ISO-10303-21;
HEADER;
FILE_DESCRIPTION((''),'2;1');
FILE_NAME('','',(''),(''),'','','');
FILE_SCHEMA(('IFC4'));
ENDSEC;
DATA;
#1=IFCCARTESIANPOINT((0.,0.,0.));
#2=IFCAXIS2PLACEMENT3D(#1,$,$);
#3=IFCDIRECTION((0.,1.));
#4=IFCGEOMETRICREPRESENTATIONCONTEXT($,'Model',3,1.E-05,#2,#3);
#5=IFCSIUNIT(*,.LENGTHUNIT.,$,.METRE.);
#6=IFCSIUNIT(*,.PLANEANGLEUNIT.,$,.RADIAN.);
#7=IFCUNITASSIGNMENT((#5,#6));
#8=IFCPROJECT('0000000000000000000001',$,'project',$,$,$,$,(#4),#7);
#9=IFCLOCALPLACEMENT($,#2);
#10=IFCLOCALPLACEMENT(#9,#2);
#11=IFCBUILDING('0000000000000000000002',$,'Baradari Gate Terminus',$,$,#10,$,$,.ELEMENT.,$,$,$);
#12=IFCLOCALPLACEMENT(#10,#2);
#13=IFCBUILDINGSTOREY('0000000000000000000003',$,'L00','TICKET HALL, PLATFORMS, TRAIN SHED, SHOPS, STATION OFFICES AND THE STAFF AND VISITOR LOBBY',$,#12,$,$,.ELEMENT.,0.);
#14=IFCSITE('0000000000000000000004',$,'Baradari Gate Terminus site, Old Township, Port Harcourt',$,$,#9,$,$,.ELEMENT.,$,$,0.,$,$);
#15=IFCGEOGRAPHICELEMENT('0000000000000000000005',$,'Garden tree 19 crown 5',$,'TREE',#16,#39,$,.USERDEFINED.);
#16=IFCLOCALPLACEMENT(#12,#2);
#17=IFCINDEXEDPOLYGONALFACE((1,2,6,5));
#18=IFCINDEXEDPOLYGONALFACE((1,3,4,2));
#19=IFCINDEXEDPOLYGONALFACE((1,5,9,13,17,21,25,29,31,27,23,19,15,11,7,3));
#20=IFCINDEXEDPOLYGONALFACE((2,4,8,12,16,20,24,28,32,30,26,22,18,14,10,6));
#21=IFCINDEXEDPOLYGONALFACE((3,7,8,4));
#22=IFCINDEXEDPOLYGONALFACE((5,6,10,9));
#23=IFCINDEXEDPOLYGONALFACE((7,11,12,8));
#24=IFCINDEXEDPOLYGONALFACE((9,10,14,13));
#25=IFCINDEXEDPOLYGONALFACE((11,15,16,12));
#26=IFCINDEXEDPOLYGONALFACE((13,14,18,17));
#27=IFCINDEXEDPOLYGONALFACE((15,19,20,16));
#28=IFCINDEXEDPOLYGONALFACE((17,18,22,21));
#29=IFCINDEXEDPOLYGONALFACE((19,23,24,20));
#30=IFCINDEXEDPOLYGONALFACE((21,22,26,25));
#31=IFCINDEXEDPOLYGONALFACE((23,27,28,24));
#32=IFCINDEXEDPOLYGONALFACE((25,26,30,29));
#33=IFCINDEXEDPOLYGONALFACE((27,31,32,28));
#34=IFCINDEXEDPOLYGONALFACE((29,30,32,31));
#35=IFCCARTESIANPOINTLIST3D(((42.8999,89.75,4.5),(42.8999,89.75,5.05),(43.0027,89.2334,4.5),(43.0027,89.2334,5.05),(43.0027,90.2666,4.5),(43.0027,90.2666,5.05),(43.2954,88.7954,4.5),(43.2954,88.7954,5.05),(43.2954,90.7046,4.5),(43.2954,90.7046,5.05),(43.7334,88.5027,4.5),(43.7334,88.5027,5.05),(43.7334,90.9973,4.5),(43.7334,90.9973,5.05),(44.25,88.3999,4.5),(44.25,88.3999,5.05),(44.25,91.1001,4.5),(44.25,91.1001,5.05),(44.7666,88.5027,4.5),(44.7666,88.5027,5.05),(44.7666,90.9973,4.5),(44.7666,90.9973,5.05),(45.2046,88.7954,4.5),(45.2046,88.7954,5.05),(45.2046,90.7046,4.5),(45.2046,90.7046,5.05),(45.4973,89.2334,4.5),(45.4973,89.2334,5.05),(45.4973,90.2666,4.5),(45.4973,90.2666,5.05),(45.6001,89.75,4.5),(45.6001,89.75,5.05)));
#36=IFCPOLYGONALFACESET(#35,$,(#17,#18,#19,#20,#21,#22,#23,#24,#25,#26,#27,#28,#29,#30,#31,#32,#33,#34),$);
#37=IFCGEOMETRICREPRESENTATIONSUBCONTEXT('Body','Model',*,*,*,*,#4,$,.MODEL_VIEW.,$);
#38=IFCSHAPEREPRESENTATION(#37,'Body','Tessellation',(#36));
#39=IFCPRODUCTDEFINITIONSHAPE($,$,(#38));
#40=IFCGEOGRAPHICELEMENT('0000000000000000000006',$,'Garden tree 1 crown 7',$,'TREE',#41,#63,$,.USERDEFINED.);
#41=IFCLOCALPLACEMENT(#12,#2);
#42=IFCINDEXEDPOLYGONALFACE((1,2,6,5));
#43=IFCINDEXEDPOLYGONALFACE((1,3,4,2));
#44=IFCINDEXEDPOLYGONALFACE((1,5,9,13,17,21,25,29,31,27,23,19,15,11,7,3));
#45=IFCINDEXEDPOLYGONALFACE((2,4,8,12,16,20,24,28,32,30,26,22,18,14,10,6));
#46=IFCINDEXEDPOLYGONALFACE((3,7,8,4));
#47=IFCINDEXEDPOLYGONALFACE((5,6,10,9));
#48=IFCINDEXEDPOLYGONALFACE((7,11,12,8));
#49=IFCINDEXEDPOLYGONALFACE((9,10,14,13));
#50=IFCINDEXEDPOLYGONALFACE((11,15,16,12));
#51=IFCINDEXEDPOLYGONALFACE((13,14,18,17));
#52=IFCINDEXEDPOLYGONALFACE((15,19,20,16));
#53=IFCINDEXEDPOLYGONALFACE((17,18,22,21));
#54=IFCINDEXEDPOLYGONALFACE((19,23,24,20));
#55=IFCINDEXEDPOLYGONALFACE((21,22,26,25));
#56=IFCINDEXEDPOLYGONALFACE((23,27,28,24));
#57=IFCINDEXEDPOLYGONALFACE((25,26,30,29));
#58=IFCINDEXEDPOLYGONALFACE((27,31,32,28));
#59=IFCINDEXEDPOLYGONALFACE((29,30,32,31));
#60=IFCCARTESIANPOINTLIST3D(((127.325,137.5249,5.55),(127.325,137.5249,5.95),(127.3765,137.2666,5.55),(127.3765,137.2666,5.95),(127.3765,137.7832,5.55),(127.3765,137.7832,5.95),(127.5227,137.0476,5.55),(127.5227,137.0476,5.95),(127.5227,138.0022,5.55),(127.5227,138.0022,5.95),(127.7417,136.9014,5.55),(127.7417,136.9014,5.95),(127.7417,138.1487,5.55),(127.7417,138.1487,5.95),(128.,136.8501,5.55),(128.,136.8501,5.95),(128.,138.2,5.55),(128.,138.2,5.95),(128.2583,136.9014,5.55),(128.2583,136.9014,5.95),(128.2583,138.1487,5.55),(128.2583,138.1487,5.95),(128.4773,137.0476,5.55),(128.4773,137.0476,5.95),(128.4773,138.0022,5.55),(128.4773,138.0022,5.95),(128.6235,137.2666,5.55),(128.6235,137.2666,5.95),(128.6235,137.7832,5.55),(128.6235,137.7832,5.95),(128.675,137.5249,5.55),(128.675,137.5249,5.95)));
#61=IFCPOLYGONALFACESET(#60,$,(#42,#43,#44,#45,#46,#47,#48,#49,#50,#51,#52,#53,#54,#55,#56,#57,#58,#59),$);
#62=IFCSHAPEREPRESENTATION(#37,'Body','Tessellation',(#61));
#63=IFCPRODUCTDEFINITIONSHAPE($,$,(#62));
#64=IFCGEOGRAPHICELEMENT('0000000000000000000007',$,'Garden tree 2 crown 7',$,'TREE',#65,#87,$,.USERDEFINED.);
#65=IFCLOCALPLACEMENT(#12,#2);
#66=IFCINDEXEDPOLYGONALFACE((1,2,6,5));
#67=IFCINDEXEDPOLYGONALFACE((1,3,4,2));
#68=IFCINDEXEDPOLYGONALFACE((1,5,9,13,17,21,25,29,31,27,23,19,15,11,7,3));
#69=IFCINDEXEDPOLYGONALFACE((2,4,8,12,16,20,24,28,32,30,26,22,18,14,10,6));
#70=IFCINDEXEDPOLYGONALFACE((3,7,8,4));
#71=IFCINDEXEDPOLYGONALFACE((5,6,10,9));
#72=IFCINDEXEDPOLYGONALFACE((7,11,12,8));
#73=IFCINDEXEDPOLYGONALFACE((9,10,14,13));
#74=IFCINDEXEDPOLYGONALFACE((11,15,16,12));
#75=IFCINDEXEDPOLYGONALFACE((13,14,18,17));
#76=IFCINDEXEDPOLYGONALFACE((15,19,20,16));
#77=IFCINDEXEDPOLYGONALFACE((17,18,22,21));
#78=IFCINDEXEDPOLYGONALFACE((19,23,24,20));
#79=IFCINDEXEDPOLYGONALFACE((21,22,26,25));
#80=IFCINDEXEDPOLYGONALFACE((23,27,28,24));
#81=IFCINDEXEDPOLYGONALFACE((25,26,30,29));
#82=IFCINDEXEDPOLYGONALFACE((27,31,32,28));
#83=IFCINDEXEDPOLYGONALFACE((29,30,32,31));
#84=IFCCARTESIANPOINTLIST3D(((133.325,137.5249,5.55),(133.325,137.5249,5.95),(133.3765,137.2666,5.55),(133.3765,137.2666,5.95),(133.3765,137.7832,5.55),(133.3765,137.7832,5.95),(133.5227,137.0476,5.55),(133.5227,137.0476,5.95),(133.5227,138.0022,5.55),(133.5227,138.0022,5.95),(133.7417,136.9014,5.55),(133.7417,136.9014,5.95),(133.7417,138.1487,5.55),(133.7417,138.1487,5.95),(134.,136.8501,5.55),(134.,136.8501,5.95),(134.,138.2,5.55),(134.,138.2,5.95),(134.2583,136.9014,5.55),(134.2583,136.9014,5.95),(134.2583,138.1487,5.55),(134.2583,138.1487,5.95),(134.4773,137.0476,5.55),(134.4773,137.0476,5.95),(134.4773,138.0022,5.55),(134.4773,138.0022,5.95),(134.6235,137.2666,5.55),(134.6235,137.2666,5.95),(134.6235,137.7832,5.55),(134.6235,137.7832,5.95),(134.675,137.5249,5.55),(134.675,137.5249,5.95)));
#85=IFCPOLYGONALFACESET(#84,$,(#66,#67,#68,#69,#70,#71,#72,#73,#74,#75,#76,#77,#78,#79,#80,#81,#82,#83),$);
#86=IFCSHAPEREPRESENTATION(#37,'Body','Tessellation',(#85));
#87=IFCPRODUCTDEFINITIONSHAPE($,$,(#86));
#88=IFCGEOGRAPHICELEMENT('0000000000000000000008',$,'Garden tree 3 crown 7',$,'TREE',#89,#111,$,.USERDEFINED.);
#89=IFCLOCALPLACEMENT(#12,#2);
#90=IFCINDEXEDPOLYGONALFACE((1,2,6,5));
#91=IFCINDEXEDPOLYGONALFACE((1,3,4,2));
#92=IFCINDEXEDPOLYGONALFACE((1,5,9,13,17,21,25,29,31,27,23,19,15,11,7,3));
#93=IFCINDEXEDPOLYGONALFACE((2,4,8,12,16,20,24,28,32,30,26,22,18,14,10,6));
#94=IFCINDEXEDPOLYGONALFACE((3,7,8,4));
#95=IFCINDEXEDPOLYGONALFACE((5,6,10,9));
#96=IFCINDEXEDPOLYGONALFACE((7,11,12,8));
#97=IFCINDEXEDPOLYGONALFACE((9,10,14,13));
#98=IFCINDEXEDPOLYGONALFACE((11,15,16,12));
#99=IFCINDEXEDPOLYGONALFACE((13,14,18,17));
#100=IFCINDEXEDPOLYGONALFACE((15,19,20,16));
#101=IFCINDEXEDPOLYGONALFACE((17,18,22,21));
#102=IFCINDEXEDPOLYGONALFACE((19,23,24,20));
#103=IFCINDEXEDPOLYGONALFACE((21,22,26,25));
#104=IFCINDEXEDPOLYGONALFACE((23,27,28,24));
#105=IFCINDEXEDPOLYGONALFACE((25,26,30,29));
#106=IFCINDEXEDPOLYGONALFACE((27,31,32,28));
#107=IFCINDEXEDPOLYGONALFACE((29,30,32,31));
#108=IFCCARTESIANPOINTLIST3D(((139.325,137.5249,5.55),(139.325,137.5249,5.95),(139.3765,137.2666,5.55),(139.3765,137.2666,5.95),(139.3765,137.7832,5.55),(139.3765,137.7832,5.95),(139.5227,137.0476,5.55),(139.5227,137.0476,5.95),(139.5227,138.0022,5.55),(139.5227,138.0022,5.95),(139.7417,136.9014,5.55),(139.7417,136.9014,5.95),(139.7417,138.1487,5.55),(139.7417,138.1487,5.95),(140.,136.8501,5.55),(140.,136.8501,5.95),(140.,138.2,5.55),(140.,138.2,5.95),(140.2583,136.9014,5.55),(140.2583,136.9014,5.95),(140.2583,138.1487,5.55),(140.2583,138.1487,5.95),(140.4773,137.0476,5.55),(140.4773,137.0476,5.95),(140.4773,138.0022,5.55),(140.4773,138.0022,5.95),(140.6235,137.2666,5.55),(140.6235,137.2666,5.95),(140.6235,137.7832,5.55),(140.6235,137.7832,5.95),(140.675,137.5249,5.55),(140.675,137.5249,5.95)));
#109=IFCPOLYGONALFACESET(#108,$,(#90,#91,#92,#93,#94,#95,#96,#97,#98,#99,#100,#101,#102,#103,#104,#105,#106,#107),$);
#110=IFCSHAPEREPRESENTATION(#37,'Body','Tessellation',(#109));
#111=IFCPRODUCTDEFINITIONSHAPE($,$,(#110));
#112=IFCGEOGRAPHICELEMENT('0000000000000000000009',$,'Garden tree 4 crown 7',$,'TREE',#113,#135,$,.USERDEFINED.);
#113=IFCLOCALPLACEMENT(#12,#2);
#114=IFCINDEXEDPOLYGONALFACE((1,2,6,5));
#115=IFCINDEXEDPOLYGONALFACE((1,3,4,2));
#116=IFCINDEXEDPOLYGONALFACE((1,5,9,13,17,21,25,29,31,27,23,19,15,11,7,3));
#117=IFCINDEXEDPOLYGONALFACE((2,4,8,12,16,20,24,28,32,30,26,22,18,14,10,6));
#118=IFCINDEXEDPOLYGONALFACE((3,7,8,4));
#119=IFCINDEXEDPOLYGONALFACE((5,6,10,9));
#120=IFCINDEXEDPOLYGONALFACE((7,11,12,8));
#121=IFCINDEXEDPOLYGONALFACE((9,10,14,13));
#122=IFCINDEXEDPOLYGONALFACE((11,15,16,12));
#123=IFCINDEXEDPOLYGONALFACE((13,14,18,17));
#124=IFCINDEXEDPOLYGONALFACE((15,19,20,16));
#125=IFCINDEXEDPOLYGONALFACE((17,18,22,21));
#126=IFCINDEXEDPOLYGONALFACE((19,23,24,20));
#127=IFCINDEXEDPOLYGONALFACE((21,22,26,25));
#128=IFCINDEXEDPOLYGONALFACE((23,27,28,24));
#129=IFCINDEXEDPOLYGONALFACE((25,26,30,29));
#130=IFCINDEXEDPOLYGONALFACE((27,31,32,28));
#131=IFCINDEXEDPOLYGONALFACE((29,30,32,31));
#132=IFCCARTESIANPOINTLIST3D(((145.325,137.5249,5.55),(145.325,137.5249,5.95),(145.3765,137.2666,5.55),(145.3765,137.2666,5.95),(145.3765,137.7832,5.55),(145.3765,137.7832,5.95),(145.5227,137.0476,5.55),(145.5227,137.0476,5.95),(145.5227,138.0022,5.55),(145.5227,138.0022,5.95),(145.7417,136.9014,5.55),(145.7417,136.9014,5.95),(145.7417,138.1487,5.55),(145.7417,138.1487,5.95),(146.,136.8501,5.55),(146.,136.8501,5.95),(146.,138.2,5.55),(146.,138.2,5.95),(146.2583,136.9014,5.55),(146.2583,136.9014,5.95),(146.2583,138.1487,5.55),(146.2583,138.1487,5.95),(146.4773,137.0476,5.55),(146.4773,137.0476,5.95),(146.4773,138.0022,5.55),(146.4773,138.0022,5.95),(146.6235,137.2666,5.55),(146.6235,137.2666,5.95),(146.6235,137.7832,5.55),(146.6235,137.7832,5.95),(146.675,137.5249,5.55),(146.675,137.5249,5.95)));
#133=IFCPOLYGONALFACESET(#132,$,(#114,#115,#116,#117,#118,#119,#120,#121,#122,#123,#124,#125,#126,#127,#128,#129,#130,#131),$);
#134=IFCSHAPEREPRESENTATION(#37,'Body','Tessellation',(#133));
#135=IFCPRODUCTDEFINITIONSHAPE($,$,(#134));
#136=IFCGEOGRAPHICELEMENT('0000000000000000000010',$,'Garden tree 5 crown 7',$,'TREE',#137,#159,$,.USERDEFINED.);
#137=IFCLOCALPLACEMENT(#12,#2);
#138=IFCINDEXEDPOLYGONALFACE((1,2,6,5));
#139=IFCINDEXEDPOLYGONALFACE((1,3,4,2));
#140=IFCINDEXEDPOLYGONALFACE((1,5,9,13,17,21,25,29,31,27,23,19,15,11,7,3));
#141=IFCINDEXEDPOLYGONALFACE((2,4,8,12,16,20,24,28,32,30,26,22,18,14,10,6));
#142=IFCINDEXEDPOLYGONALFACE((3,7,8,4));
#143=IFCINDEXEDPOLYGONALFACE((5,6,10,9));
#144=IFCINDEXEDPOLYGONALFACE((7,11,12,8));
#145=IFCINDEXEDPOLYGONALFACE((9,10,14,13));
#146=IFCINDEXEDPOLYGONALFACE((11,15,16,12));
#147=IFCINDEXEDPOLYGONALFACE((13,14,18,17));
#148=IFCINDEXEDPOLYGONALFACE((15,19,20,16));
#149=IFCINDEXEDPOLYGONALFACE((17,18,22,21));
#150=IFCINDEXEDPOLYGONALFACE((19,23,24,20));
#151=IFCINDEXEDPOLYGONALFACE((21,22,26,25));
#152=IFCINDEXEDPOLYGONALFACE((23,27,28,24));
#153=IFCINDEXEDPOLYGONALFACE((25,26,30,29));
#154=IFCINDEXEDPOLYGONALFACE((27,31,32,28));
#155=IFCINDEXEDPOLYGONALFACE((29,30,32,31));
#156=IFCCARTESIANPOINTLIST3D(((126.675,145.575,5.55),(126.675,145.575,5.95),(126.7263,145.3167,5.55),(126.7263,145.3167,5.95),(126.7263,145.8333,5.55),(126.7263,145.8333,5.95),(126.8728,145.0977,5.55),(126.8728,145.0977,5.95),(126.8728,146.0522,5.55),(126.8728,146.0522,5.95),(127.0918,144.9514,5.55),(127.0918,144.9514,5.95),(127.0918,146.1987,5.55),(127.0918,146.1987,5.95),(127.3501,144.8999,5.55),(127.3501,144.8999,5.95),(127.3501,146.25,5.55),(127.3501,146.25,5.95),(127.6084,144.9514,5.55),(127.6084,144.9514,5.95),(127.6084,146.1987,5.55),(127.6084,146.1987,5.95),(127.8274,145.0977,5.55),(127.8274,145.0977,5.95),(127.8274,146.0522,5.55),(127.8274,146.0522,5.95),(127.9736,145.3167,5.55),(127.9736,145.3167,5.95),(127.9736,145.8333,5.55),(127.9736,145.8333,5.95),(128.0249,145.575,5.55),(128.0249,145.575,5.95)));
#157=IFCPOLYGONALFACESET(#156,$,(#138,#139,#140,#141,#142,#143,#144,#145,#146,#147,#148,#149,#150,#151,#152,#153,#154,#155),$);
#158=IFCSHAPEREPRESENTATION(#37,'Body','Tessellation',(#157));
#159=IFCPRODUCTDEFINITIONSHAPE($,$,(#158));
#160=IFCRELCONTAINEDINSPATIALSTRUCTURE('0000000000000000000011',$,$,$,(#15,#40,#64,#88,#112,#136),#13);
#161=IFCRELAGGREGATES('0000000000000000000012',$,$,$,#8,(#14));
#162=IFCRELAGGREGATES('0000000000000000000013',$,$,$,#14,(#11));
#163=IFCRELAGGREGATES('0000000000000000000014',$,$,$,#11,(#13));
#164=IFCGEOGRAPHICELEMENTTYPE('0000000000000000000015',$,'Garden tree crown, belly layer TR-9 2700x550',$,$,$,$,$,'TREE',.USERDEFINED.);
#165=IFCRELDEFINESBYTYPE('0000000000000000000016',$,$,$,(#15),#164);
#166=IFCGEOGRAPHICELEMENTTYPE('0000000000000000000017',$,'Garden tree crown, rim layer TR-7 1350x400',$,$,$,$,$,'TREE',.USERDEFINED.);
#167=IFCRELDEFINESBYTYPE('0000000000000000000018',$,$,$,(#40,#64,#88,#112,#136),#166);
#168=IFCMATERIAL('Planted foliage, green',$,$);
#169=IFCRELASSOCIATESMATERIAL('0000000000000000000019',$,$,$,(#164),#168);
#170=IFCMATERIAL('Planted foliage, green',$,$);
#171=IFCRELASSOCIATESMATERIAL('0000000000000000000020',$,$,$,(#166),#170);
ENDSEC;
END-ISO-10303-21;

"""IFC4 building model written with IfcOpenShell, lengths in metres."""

from ifc_helpers import new_model, si_unit, direction, frame, origin, place, context, subcontext, project, spatial, polyline, outline, extrude, material, type_object, element, save


model = new_model("IFC4")

# Units and contexts
model_context = context("Model", 3, precision=1e-05, world=origin(), true_north=direction((0.0, 1.0)))
body_context = subcontext(model_context, "Body", "Model", "MODEL_VIEW")
ifc_project = project(units=[si_unit("LENGTHUNIT", "METRE"), si_unit("PLANEANGLEUNIT", "RADIAN")], contexts=[model_context])

# Site, building, storey
site_placement = place(None, origin())
site = spatial("IfcSite", under=ifc_project, at=site_placement, Name="Baradari Gate Terminus site, Old Township, Port Harcourt", CompositionType="ELEMENT", RefElevation=0.0)
building_placement = place(site_placement, origin())
building = spatial("IfcBuilding", under=site, at=building_placement, Name="Baradari Gate Terminus", CompositionType="ELEMENT")
storey_placement = place(building_placement, origin())
storey = spatial("IfcBuildingStorey", under=building, at=storey_placement, Name="L00", Description="TICKET HALL, PLATFORMS, TRAIN SHED, SHOPS, STATION OFFICES AND THE STAFF AND VISITOR LOBBY", CompositionType="ELEMENT", Elevation=0.0)

# Geographic elements
ifc_material_1 = material(Name="Planted foliage, green")
geographic_element_type_1 = type_object("IfcGeographicElementType", Name="Garden tree crown, belly layer TR-9 2700x550", ElementType="TREE", PredefinedType="USERDEFINED", material=ifc_material_1)
geographic_element_1_placement = place(storey_placement, frame((0.0, 0.0, 4.5)))
element("IfcGeographicElement", 1, at=geographic_element_1_placement, inside=storey, type_object=geographic_element_type_1, Name="Garden tree 19 crown 5", ObjectType="TREE", PredefinedType="USERDEFINED", context=body_context, shape_type="SweptSolid", body=[
    extrude(outline(polyline([(45.6001, 89.75), (45.4973, 90.2666), (45.2046, 90.7046), (44.7666, 90.9973), (44.25, 91.1001), (43.7334, 90.9973), (43.2954, 90.7046), (43.0027, 90.2666), (42.8999, 89.75), (43.0027, 89.2334), (43.2954, 88.7954), (43.7334, 88.5027), (44.25, 88.3999), (44.7666, 88.5027), (45.2046, 88.7954), (45.4973, 89.2334), (45.6001, 89.75)])), origin(), (0.0, 0.0, 1.0), 0.55),
])
ifc_material_2 = material(Name="Planted foliage, green")
geographic_element_type_2 = type_object("IfcGeographicElementType", Name="Garden tree crown, rim layer TR-7 1350x400", ElementType="TREE", PredefinedType="USERDEFINED", material=ifc_material_2)
geographic_element_2_placement = place(storey_placement, frame((0.0, 0.0, 5.55)))
element("IfcGeographicElement", 2, at=geographic_element_2_placement, inside=storey, type_object=geographic_element_type_2, Name="Garden tree 1 crown 7", ObjectType="TREE", PredefinedType="USERDEFINED", context=body_context, shape_type="SweptSolid", body=[
    extrude(outline(polyline([(128.675, 137.5249), (128.6235, 137.7832), (128.4773, 138.0022), (128.2583, 138.1487), (128.0, 138.2), (127.7417, 138.1487), (127.5227, 138.0022), (127.3765, 137.7832), (127.325, 137.5249), (127.3765, 137.2666), (127.5227, 137.0476), (127.7417, 136.9014), (128.0, 136.8501), (128.2583, 136.9014), (128.4773, 137.0476), (128.6235, 137.2666), (128.675, 137.5249)])), origin(), (0.0, 0.0, 1.0), 0.3999),
])
geographic_element_3_placement = place(storey_placement, frame((0.0, 0.0, 5.55)))
element("IfcGeographicElement", 3, at=geographic_element_3_placement, inside=storey, type_object=geographic_element_type_2, Name="Garden tree 2 crown 7", ObjectType="TREE", PredefinedType="USERDEFINED", context=body_context, shape_type="SweptSolid", body=[
    extrude(outline(polyline([(134.675, 137.5249), (134.6235, 137.7832), (134.4773, 138.0022), (134.2583, 138.1487), (134.0, 138.2), (133.7417, 138.1487), (133.5227, 138.0022), (133.3765, 137.7832), (133.325, 137.5249), (133.3765, 137.2666), (133.5227, 137.0476), (133.7417, 136.9014), (134.0, 136.8501), (134.2583, 136.9014), (134.4773, 137.0476), (134.6235, 137.2666), (134.675, 137.5249)])), origin(), (0.0, 0.0, 1.0), 0.3999),
])
geographic_element_4_placement = place(storey_placement, frame((0.0, 0.0, 5.55)))
element("IfcGeographicElement", 4, at=geographic_element_4_placement, inside=storey, type_object=geographic_element_type_2, Name="Garden tree 3 crown 7", ObjectType="TREE", PredefinedType="USERDEFINED", context=body_context, shape_type="SweptSolid", body=[
    extrude(outline(polyline([(140.675, 137.5249), (140.6235, 137.7832), (140.4773, 138.0022), (140.2583, 138.1487), (140.0, 138.2), (139.7417, 138.1487), (139.5227, 138.0022), (139.3765, 137.7832), (139.325, 137.5249), (139.3765, 137.2666), (139.5227, 137.0476), (139.7417, 136.9014), (140.0, 136.8501), (140.2583, 136.9014), (140.4773, 137.0476), (140.6235, 137.2666), (140.675, 137.5249)])), origin(), (0.0, 0.0, 1.0), 0.3999),
])
geographic_element_5_placement = place(storey_placement, frame((0.0, 0.0, 5.55)))
element("IfcGeographicElement", 5, at=geographic_element_5_placement, inside=storey, type_object=geographic_element_type_2, Name="Garden tree 4 crown 7", ObjectType="TREE", PredefinedType="USERDEFINED", context=body_context, shape_type="SweptSolid", body=[
    extrude(outline(polyline([(146.675, 137.5249), (146.6235, 137.7832), (146.4773, 138.0022), (146.2583, 138.1487), (146.0, 138.2), (145.7417, 138.1487), (145.5227, 138.0022), (145.3765, 137.7832), (145.325, 137.5249), (145.3765, 137.2666), (145.5227, 137.0476), (145.7417, 136.9014), (146.0, 136.8501), (146.2583, 136.9014), (146.4773, 137.0476), (146.6235, 137.2666), (146.675, 137.5249)])), origin(), (0.0, 0.0, 1.0), 0.3999),
])
geographic_element_6_placement = place(storey_placement, frame((0.0, 0.0, 5.55)))
element("IfcGeographicElement", 6, at=geographic_element_6_placement, inside=storey, type_object=geographic_element_type_2, Name="Garden tree 5 crown 7", ObjectType="TREE", PredefinedType="USERDEFINED", context=body_context, shape_type="SweptSolid", body=[
    extrude(outline(polyline([(128.0249, 145.575), (127.9736, 145.8333), (127.8274, 146.0522), (127.6084, 146.1987), (127.3501, 146.25), (127.0918, 146.1987), (126.8728, 146.0522), (126.7263, 145.8333), (126.675, 145.575), (126.7263, 145.3167), (126.8728, 145.0977), (127.0918, 144.9514), (127.3501, 144.8999), (127.6084, 144.9514), (127.8274, 145.0977), (127.9736, 145.3167), (128.0249, 145.575)])), origin(), (0.0, 0.0, 1.0), 0.3999),
])

save(model, "model.ifc")
